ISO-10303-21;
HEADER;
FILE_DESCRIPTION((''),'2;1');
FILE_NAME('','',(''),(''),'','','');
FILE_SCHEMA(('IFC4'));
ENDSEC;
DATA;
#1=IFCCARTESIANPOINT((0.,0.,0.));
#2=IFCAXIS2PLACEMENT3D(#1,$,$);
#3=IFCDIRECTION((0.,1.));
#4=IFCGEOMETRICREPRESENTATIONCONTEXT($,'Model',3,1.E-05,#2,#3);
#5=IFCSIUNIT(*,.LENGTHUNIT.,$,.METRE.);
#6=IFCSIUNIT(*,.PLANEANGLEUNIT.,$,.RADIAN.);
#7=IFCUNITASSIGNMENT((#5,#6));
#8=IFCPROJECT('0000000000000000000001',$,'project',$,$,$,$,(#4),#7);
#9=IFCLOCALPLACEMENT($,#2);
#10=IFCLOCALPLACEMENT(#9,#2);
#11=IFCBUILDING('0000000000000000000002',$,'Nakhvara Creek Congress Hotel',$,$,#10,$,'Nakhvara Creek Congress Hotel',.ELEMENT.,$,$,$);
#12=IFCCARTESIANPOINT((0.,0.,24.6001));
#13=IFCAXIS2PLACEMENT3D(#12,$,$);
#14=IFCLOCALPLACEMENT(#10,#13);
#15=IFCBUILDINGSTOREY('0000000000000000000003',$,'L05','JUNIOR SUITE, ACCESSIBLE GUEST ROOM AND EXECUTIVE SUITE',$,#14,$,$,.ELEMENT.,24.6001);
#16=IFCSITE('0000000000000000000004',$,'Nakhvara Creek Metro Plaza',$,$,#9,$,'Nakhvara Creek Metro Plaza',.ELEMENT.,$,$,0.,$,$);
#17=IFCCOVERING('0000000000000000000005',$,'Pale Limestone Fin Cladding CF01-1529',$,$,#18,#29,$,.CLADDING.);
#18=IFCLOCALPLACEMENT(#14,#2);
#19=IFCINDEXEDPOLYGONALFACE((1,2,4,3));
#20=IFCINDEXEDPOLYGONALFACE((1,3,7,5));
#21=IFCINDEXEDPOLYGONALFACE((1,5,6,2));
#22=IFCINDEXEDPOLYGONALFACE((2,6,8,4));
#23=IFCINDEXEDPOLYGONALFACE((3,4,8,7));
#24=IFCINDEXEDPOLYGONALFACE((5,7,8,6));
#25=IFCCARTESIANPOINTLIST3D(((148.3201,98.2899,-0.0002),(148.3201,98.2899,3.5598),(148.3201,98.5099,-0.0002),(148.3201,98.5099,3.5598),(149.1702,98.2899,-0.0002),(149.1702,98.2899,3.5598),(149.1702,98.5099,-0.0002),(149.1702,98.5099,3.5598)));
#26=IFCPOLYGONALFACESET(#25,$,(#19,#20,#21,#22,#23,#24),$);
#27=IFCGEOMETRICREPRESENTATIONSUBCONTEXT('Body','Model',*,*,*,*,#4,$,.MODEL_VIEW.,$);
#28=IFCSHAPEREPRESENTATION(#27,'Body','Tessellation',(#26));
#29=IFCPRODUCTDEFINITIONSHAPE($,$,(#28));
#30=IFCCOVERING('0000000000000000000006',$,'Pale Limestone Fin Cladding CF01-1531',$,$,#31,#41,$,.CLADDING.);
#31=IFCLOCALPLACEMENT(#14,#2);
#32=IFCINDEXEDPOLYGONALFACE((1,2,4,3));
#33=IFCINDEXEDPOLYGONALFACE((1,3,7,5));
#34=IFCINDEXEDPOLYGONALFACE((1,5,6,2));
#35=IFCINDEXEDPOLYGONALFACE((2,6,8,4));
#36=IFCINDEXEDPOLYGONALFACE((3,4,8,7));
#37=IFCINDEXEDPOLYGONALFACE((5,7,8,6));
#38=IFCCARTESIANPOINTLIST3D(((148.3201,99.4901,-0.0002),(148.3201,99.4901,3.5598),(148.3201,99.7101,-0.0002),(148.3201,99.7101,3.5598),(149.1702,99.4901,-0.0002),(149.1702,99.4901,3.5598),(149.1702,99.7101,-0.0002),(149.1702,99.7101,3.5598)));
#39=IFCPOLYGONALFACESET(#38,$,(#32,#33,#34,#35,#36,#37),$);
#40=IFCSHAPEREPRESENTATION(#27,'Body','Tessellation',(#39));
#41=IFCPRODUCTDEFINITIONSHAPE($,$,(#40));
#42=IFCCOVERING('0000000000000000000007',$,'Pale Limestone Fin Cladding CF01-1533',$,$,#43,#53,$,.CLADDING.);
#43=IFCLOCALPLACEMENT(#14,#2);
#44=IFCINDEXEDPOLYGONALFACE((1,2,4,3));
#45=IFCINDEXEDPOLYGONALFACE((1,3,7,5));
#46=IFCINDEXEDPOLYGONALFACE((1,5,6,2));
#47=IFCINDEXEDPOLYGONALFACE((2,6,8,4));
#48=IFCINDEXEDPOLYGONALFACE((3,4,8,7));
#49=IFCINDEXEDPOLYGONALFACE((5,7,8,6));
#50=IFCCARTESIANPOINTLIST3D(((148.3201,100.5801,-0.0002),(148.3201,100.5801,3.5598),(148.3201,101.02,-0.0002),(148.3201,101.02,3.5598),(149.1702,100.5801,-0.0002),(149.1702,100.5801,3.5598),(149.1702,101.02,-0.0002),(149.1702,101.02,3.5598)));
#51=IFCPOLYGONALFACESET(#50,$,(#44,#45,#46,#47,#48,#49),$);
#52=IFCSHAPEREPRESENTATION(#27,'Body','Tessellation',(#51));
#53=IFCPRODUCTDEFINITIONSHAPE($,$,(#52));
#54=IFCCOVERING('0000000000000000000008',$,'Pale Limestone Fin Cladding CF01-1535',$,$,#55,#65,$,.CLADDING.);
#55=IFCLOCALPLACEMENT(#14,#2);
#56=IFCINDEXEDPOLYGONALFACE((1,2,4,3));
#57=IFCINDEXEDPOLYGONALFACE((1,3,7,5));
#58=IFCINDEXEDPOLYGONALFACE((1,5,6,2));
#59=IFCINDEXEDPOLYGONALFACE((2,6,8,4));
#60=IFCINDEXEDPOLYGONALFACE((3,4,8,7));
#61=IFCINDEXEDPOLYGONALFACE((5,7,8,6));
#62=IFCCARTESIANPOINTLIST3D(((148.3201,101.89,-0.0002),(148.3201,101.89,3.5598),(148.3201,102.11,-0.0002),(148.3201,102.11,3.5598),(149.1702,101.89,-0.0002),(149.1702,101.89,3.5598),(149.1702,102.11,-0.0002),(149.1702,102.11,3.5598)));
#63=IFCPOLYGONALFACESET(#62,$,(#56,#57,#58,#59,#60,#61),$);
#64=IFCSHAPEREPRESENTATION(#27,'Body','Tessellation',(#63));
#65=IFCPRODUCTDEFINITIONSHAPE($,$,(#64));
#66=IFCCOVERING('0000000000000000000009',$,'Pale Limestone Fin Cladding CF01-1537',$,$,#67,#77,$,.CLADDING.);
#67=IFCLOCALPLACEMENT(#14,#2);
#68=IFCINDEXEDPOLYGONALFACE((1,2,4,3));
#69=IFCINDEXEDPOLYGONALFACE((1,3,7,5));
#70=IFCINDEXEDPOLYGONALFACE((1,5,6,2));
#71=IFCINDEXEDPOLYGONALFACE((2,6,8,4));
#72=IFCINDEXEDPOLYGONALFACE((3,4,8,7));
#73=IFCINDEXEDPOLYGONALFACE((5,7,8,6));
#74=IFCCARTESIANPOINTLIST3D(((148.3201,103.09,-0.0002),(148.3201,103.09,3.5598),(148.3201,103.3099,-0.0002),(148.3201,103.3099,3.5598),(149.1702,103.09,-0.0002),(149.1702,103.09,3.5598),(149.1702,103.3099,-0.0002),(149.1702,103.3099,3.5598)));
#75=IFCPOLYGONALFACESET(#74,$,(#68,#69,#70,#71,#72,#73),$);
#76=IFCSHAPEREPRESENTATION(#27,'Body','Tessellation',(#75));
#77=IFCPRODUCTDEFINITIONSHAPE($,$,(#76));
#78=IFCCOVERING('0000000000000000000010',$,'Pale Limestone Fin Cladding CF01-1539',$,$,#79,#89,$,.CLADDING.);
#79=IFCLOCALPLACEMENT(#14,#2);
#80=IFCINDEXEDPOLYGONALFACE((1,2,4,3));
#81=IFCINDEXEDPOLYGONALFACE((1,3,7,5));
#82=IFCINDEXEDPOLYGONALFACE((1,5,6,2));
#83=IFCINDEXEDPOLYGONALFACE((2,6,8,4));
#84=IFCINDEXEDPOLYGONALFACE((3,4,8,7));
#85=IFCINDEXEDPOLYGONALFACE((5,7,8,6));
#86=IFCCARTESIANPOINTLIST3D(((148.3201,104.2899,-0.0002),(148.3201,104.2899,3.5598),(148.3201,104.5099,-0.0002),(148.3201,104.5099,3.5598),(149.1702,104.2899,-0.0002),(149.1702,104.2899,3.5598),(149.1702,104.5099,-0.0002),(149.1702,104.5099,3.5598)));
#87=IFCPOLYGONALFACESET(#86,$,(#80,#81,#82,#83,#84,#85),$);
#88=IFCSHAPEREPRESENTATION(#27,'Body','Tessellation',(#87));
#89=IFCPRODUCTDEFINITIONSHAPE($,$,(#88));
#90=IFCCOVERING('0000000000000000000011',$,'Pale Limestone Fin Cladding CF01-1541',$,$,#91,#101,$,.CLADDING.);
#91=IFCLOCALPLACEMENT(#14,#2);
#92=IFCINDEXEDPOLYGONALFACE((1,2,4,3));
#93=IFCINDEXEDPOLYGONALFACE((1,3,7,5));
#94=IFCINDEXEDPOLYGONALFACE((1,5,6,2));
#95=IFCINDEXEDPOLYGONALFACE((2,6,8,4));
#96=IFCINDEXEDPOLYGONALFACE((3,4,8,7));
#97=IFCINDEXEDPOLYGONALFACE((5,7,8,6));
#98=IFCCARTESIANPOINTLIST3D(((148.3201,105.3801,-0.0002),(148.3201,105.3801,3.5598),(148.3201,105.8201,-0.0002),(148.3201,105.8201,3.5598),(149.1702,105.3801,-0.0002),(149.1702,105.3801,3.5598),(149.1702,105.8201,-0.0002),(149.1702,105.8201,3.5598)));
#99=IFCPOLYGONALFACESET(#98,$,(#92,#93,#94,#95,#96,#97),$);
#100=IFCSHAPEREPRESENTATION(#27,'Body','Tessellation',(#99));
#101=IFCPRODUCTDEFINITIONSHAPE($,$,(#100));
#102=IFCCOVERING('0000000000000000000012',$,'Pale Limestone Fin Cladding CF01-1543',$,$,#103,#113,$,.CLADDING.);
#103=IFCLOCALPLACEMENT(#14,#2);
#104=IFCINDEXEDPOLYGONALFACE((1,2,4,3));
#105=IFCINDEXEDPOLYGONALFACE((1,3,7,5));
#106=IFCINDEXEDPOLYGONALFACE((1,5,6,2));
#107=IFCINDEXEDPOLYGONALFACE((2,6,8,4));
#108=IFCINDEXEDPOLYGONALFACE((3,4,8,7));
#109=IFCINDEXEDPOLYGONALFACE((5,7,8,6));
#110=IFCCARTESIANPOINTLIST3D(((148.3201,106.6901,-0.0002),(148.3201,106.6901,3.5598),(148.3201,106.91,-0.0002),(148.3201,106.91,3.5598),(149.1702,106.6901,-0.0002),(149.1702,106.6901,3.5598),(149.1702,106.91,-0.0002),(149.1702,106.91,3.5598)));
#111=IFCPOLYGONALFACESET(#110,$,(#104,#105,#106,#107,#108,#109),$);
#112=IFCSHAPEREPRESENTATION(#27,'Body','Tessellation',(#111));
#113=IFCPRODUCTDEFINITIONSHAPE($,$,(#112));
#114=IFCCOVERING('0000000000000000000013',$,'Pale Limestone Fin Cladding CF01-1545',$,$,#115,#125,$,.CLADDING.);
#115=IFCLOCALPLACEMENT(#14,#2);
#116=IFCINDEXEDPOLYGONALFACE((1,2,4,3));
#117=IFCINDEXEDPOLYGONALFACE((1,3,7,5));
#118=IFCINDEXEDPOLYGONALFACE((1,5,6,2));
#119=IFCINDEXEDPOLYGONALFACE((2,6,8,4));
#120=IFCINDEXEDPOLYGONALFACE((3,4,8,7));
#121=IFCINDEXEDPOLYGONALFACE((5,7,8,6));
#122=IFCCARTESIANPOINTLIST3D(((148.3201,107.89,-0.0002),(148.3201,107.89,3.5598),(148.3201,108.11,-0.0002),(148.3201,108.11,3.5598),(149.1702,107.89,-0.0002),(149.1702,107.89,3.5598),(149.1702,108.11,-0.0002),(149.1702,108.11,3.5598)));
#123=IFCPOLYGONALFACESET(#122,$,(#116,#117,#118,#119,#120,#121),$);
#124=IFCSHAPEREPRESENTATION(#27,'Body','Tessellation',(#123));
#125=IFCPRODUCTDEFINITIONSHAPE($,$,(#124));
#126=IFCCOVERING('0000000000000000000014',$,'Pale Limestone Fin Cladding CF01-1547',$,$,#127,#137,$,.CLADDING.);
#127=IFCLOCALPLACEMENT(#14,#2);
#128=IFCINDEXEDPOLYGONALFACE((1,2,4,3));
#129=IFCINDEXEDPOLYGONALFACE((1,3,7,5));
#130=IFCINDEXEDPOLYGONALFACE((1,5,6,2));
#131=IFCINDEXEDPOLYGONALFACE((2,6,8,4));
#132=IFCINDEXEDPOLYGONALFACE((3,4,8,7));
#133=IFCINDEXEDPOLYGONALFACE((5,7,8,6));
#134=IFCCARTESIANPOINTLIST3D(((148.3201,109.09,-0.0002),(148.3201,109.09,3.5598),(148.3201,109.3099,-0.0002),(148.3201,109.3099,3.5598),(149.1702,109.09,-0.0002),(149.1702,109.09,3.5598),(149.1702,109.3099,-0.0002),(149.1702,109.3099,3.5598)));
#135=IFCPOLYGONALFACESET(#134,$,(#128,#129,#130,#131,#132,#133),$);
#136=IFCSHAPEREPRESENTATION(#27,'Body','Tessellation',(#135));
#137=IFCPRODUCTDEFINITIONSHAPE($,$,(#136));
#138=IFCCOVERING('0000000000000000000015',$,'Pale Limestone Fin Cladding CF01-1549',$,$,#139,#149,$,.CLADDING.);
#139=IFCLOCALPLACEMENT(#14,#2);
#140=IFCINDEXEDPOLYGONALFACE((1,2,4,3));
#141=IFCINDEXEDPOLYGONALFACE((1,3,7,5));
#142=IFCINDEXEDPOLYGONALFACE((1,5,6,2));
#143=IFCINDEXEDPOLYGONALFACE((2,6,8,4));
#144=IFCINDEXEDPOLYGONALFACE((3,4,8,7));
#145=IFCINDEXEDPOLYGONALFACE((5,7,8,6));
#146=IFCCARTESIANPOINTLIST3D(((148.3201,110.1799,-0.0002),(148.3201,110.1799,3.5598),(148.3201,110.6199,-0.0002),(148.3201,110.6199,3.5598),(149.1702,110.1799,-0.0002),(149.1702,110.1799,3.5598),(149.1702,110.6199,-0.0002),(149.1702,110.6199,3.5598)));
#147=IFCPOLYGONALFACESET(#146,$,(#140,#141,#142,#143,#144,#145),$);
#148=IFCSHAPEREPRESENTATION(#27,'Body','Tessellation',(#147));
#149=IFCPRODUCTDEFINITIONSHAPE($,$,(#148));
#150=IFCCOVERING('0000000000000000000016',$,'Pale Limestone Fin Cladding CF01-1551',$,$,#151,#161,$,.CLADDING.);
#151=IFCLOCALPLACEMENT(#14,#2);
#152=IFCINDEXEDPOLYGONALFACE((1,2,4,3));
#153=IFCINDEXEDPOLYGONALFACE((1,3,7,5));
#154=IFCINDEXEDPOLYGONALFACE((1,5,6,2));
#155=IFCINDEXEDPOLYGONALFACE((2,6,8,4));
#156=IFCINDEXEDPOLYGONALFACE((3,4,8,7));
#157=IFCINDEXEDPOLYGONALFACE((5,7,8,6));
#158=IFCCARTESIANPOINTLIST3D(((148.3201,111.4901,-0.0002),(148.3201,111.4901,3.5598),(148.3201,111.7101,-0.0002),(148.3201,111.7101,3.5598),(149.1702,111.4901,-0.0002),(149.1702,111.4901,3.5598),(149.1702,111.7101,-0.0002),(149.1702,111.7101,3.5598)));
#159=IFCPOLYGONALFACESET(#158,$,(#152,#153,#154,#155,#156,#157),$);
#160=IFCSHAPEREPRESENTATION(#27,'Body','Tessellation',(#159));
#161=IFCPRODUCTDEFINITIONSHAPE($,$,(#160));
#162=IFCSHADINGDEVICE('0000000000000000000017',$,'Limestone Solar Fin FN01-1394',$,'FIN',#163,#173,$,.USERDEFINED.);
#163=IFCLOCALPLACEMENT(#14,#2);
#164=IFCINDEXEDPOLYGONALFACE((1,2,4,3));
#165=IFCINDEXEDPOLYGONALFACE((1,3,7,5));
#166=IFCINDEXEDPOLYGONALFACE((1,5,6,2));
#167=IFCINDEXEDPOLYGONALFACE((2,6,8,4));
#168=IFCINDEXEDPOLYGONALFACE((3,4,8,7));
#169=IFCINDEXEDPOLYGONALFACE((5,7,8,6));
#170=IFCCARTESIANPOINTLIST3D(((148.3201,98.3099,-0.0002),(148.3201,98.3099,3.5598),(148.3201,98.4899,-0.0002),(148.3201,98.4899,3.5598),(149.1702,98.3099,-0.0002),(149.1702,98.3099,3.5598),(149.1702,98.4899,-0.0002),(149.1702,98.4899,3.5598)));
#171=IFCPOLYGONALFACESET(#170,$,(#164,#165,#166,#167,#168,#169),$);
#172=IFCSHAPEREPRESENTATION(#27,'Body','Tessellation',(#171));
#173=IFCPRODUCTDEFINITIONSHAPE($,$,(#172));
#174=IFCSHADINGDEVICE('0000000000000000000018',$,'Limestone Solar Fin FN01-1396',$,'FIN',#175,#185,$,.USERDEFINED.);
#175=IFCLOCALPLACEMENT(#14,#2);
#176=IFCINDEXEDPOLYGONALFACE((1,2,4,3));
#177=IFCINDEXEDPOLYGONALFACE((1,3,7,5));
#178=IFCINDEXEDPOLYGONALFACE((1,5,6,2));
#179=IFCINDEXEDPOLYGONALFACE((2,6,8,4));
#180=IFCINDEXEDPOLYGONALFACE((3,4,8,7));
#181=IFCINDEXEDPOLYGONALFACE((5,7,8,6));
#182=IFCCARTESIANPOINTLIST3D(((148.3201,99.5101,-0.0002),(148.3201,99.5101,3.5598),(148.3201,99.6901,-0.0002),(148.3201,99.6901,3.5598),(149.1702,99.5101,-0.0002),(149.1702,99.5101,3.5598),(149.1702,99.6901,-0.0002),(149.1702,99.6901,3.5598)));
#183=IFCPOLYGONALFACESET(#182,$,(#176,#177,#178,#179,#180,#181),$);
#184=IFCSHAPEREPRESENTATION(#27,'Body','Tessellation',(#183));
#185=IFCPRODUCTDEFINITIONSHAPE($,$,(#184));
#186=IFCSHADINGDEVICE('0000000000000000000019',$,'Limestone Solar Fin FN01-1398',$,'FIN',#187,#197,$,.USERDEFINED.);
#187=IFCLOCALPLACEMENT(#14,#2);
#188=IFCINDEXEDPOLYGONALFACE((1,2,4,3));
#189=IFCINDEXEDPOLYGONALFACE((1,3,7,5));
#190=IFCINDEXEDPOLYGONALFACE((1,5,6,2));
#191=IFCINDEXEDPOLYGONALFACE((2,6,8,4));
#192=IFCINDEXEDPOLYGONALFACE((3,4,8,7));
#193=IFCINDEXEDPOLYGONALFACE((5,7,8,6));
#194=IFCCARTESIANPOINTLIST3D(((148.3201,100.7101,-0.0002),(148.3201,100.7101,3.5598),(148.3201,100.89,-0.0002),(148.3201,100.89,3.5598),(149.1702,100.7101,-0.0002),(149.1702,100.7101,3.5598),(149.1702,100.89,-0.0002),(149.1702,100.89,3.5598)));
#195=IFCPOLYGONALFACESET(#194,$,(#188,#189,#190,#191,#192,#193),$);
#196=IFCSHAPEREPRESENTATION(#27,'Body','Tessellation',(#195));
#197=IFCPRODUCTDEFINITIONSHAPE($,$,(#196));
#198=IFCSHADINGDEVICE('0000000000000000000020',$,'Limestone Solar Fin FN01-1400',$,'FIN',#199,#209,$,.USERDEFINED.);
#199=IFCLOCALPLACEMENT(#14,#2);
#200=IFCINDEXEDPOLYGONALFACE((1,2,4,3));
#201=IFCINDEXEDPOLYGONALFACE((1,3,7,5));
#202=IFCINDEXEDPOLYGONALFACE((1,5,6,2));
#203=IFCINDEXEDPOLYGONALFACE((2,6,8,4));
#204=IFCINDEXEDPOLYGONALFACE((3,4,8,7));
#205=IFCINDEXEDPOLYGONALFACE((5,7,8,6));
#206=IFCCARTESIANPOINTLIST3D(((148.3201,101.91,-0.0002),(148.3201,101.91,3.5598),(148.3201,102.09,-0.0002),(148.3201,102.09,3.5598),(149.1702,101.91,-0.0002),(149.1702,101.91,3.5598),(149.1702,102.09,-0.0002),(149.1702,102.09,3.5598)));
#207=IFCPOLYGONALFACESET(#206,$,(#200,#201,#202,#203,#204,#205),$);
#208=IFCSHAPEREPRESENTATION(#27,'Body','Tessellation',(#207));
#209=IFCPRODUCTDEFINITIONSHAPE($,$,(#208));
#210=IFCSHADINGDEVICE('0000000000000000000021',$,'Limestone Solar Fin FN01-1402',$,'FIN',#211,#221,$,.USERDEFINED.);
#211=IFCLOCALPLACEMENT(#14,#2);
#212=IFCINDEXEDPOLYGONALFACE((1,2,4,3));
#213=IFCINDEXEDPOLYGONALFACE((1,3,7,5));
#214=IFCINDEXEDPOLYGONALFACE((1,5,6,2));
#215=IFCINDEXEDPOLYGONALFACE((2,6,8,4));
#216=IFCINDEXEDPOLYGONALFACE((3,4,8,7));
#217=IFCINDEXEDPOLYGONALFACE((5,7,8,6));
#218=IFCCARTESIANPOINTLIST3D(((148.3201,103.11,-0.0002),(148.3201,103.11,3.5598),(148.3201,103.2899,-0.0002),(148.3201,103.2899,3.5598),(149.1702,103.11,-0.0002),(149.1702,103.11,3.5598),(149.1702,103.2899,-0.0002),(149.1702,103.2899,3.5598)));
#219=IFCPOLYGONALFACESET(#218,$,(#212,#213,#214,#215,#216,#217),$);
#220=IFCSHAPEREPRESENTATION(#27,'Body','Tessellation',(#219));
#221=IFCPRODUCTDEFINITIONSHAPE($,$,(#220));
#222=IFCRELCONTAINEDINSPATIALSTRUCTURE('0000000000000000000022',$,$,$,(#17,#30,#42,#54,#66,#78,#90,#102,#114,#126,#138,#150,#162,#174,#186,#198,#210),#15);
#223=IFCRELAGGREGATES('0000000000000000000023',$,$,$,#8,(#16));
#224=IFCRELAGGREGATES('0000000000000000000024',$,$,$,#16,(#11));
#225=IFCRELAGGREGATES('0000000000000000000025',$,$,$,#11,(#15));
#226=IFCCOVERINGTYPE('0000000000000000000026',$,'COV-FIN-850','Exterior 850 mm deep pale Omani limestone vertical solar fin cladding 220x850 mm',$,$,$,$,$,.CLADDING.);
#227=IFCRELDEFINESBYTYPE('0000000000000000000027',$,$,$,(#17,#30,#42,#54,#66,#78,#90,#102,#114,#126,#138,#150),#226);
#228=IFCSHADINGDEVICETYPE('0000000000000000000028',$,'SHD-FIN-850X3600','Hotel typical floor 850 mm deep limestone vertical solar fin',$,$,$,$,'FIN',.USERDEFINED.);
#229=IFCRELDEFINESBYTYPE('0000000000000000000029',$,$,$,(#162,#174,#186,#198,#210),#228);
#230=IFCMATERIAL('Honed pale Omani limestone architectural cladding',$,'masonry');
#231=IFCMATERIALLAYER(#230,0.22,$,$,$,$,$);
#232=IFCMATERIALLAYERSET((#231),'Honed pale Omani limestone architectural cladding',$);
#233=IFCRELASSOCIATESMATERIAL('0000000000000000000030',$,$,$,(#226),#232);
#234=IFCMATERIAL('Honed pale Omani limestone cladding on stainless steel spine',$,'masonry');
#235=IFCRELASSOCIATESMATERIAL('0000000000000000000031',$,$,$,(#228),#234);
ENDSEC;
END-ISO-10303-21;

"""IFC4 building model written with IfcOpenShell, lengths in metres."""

from ifc_helpers import new_model, si_unit, direction, frame, origin, origin_2d, place, context, subcontext, project, spatial, rectangle, extrude, material, layer, layer_set, type_object, element, save


model = new_model("IFC4")

# Units and contexts
model_context = context("Model", 3, precision=1e-05, world=origin(), true_north=direction((0.0, 1.0)))
body_context = subcontext(model_context, "Body", "Model", "MODEL_VIEW")
ifc_project = project(units=[si_unit("LENGTHUNIT", "METRE"), si_unit("PLANEANGLEUNIT", "RADIAN")], contexts=[model_context])

# Site, building, storey
site_placement = place(None, origin())
site = spatial("IfcSite", under=ifc_project, at=site_placement, Name="Nakhvara Creek Metro Plaza", LongName="Nakhvara Creek Metro Plaza", CompositionType="ELEMENT", RefElevation=0.0)
building_placement = place(site_placement, origin())
building = spatial("IfcBuilding", under=site, at=building_placement, Name="Nakhvara Creek Congress Hotel", LongName="Nakhvara Creek Congress Hotel", CompositionType="ELEMENT")
storey_placement = place(building_placement, frame((0.0, 0.0, 24.6001)))
storey = spatial("IfcBuildingStorey", under=building, at=storey_placement, Name="L05", Description="JUNIOR SUITE, ACCESSIBLE GUEST ROOM AND EXECUTIVE SUITE", CompositionType="ELEMENT", Elevation=24.6001)

# Coverings
ifc_material_1 = material(Name="Honed pale Omani limestone architectural cladding", Category="masonry")
ifc_layer = layer(ifc_material_1, 0.22)
ifc_layer_set = layer_set([ifc_layer], Name="Honed pale Omani limestone architectural cladding")
covering_type = type_object("IfcCoveringType", Name="COV-FIN-850", Description="Exterior 850 mm deep pale Omani limestone vertical solar fin cladding 220x850 mm", PredefinedType="CLADDING", material=ifc_layer_set)
for number, where, z_axis, x_axis, name in (
    (1, (148.7451, 98.3999, -0.0002), (0.0, 0.0, 1.0), (0.0, 1.0, 0.0), "Pale Limestone Fin Cladding CF01-1529"),
    (2, (148.7451, 99.6001, -0.0002), (0.0, 0.0, 1.0), (0.0, 1.0, 0.0), "Pale Limestone Fin Cladding CF01-1531"),
):
    element("IfcCovering", number, at=place(storey_placement, frame(where, z_axis=z_axis, x_axis=x_axis)), inside=storey, type_object=covering_type, Name=name, PredefinedType="CLADDING", context=body_context, shape_type="SweptSolid", body=[
        extrude(rectangle(XDim=0.22, YDim=0.8501, at=origin_2d()), origin(), (0.0, 0.0, 1.0), 3.5601),
    ])
covering_1_placement = place(storey_placement, frame((148.7451, 100.8, -0.0002), z_axis=(0.0, 0.0, 1.0), x_axis=(0.0, 1.0, 0.0)))
element("IfcCovering", 3, at=covering_1_placement, inside=storey, type_object=covering_type, Name="Pale Limestone Fin Cladding CF01-1533", PredefinedType="CLADDING", context=body_context, shape_type="SweptSolid", body=[
    extrude(rectangle(XDim=0.4399, YDim=0.8501, at=origin_2d()), origin(), (0.0, 0.0, 1.0), 3.5601),
])
for number, where, z_axis, x_axis, name in (
    (4, (148.7451, 102.0, -0.0002), (0.0, 0.0, 1.0), (0.0, 1.0, 0.0), "Pale Limestone Fin Cladding CF01-1535"),
    (5, (148.7451, 103.2, -0.0002), (0.0, 0.0, 1.0), (0.0, 1.0, 0.0), "Pale Limestone Fin Cladding CF01-1537"),
    (6, (148.7451, 104.3999, -0.0002), (0.0, 0.0, 1.0), (0.0, 1.0, 0.0), "Pale Limestone Fin Cladding CF01-1539"),
):
    element("IfcCovering", number, at=place(storey_placement, frame(where, z_axis=z_axis, x_axis=x_axis)), inside=storey, type_object=covering_type, Name=name, PredefinedType="CLADDING", context=body_context, shape_type="SweptSolid", body=[
        extrude(rectangle(XDim=0.22, YDim=0.8501, at=origin_2d()), origin(), (0.0, 0.0, 1.0), 3.5601),
    ])
covering_2_placement = place(storey_placement, frame((148.7451, 105.6001, -0.0002), z_axis=(0.0, 0.0, 1.0), x_axis=(0.0, 1.0, 0.0)))
element("IfcCovering", 7, at=covering_2_placement, inside=storey, type_object=covering_type, Name="Pale Limestone Fin Cladding CF01-1541", PredefinedType="CLADDING", context=body_context, shape_type="SweptSolid", body=[
    extrude(rectangle(XDim=0.4399, YDim=0.8501, at=origin_2d()), origin(), (0.0, 0.0, 1.0), 3.5601),
])
for number, where, z_axis, x_axis, name in (
    (8, (148.7451, 106.8, -0.0002), (0.0, 0.0, 1.0), (0.0, 1.0, 0.0), "Pale Limestone Fin Cladding CF01-1543"),
    (9, (148.7451, 108.0, -0.0002), (0.0, 0.0, 1.0), (0.0, 1.0, 0.0), "Pale Limestone Fin Cladding CF01-1545"),
    (10, (148.7451, 109.2, -0.0002), (0.0, 0.0, 1.0), (0.0, 1.0, 0.0), "Pale Limestone Fin Cladding CF01-1547"),
):
    element("IfcCovering", number, at=place(storey_placement, frame(where, z_axis=z_axis, x_axis=x_axis)), inside=storey, type_object=covering_type, Name=name, PredefinedType="CLADDING", context=body_context, shape_type="SweptSolid", body=[
        extrude(rectangle(XDim=0.22, YDim=0.8501, at=origin_2d()), origin(), (0.0, 0.0, 1.0), 3.5601),
    ])
covering_3_placement = place(storey_placement, frame((148.7451, 110.3999, -0.0002), z_axis=(0.0, 0.0, 1.0), x_axis=(0.0, 1.0, 0.0)))
element("IfcCovering", 11, at=covering_3_placement, inside=storey, type_object=covering_type, Name="Pale Limestone Fin Cladding CF01-1549", PredefinedType="CLADDING", context=body_context, shape_type="SweptSolid", body=[
    extrude(rectangle(XDim=0.4399, YDim=0.8501, at=origin_2d()), origin(), (0.0, 0.0, 1.0), 3.5601),
])
covering_4_placement = place(storey_placement, frame((148.7451, 111.6001, -0.0002), z_axis=(0.0, 0.0, 1.0), x_axis=(0.0, 1.0, 0.0)))
element("IfcCovering", 12, at=covering_4_placement, inside=storey, type_object=covering_type, Name="Pale Limestone Fin Cladding CF01-1551", PredefinedType="CLADDING", context=body_context, shape_type="SweptSolid", body=[
    extrude(rectangle(XDim=0.22, YDim=0.8501, at=origin_2d()), origin(), (0.0, 0.0, 1.0), 3.5601),
])

# Shading devices
ifc_material_2 = material(Name="Honed pale Omani limestone cladding on stainless steel spine", Category="masonry")
shading_device_type = type_object("IfcShadingDeviceType", Name="SHD-FIN-850X3600", Description="Hotel typical floor 850 mm deep limestone vertical solar fin", ElementType="FIN", PredefinedType="USERDEFINED", material=ifc_material_2)
for number, where, z_axis, x_axis, name in (
    (13, (148.7451, 98.3999, -0.0002), (0.0, 0.0, 1.0), (0.0, 1.0, 0.0), "Limestone Solar Fin FN01-1394"),
    (14, (148.7451, 99.6001, -0.0002), (0.0, 0.0, 1.0), (0.0, 1.0, 0.0), "Limestone Solar Fin FN01-1396"),
    (15, (148.7451, 100.8, -0.0002), (0.0, 0.0, 1.0), (0.0, 1.0, 0.0), "Limestone Solar Fin FN01-1398"),
    (16, (148.7451, 102.0, -0.0002), (0.0, 0.0, 1.0), (0.0, 1.0, 0.0), "Limestone Solar Fin FN01-1400"),
    (17, (148.7451, 103.2, -0.0002), (0.0, 0.0, 1.0), (0.0, 1.0, 0.0), "Limestone Solar Fin FN01-1402"),
):
    element("IfcShadingDevice", number, at=place(storey_placement, frame(where, z_axis=z_axis, x_axis=x_axis)), inside=storey, type_object=shading_device_type, Name=name, ObjectType="FIN", PredefinedType="USERDEFINED", context=body_context, shape_type="SweptSolid", body=[
        extrude(rectangle(XDim=0.1799, YDim=0.8501, at=origin_2d()), origin(), (0.0, 0.0, 1.0), 3.5601),
    ])

save(model, "model.ifc")
